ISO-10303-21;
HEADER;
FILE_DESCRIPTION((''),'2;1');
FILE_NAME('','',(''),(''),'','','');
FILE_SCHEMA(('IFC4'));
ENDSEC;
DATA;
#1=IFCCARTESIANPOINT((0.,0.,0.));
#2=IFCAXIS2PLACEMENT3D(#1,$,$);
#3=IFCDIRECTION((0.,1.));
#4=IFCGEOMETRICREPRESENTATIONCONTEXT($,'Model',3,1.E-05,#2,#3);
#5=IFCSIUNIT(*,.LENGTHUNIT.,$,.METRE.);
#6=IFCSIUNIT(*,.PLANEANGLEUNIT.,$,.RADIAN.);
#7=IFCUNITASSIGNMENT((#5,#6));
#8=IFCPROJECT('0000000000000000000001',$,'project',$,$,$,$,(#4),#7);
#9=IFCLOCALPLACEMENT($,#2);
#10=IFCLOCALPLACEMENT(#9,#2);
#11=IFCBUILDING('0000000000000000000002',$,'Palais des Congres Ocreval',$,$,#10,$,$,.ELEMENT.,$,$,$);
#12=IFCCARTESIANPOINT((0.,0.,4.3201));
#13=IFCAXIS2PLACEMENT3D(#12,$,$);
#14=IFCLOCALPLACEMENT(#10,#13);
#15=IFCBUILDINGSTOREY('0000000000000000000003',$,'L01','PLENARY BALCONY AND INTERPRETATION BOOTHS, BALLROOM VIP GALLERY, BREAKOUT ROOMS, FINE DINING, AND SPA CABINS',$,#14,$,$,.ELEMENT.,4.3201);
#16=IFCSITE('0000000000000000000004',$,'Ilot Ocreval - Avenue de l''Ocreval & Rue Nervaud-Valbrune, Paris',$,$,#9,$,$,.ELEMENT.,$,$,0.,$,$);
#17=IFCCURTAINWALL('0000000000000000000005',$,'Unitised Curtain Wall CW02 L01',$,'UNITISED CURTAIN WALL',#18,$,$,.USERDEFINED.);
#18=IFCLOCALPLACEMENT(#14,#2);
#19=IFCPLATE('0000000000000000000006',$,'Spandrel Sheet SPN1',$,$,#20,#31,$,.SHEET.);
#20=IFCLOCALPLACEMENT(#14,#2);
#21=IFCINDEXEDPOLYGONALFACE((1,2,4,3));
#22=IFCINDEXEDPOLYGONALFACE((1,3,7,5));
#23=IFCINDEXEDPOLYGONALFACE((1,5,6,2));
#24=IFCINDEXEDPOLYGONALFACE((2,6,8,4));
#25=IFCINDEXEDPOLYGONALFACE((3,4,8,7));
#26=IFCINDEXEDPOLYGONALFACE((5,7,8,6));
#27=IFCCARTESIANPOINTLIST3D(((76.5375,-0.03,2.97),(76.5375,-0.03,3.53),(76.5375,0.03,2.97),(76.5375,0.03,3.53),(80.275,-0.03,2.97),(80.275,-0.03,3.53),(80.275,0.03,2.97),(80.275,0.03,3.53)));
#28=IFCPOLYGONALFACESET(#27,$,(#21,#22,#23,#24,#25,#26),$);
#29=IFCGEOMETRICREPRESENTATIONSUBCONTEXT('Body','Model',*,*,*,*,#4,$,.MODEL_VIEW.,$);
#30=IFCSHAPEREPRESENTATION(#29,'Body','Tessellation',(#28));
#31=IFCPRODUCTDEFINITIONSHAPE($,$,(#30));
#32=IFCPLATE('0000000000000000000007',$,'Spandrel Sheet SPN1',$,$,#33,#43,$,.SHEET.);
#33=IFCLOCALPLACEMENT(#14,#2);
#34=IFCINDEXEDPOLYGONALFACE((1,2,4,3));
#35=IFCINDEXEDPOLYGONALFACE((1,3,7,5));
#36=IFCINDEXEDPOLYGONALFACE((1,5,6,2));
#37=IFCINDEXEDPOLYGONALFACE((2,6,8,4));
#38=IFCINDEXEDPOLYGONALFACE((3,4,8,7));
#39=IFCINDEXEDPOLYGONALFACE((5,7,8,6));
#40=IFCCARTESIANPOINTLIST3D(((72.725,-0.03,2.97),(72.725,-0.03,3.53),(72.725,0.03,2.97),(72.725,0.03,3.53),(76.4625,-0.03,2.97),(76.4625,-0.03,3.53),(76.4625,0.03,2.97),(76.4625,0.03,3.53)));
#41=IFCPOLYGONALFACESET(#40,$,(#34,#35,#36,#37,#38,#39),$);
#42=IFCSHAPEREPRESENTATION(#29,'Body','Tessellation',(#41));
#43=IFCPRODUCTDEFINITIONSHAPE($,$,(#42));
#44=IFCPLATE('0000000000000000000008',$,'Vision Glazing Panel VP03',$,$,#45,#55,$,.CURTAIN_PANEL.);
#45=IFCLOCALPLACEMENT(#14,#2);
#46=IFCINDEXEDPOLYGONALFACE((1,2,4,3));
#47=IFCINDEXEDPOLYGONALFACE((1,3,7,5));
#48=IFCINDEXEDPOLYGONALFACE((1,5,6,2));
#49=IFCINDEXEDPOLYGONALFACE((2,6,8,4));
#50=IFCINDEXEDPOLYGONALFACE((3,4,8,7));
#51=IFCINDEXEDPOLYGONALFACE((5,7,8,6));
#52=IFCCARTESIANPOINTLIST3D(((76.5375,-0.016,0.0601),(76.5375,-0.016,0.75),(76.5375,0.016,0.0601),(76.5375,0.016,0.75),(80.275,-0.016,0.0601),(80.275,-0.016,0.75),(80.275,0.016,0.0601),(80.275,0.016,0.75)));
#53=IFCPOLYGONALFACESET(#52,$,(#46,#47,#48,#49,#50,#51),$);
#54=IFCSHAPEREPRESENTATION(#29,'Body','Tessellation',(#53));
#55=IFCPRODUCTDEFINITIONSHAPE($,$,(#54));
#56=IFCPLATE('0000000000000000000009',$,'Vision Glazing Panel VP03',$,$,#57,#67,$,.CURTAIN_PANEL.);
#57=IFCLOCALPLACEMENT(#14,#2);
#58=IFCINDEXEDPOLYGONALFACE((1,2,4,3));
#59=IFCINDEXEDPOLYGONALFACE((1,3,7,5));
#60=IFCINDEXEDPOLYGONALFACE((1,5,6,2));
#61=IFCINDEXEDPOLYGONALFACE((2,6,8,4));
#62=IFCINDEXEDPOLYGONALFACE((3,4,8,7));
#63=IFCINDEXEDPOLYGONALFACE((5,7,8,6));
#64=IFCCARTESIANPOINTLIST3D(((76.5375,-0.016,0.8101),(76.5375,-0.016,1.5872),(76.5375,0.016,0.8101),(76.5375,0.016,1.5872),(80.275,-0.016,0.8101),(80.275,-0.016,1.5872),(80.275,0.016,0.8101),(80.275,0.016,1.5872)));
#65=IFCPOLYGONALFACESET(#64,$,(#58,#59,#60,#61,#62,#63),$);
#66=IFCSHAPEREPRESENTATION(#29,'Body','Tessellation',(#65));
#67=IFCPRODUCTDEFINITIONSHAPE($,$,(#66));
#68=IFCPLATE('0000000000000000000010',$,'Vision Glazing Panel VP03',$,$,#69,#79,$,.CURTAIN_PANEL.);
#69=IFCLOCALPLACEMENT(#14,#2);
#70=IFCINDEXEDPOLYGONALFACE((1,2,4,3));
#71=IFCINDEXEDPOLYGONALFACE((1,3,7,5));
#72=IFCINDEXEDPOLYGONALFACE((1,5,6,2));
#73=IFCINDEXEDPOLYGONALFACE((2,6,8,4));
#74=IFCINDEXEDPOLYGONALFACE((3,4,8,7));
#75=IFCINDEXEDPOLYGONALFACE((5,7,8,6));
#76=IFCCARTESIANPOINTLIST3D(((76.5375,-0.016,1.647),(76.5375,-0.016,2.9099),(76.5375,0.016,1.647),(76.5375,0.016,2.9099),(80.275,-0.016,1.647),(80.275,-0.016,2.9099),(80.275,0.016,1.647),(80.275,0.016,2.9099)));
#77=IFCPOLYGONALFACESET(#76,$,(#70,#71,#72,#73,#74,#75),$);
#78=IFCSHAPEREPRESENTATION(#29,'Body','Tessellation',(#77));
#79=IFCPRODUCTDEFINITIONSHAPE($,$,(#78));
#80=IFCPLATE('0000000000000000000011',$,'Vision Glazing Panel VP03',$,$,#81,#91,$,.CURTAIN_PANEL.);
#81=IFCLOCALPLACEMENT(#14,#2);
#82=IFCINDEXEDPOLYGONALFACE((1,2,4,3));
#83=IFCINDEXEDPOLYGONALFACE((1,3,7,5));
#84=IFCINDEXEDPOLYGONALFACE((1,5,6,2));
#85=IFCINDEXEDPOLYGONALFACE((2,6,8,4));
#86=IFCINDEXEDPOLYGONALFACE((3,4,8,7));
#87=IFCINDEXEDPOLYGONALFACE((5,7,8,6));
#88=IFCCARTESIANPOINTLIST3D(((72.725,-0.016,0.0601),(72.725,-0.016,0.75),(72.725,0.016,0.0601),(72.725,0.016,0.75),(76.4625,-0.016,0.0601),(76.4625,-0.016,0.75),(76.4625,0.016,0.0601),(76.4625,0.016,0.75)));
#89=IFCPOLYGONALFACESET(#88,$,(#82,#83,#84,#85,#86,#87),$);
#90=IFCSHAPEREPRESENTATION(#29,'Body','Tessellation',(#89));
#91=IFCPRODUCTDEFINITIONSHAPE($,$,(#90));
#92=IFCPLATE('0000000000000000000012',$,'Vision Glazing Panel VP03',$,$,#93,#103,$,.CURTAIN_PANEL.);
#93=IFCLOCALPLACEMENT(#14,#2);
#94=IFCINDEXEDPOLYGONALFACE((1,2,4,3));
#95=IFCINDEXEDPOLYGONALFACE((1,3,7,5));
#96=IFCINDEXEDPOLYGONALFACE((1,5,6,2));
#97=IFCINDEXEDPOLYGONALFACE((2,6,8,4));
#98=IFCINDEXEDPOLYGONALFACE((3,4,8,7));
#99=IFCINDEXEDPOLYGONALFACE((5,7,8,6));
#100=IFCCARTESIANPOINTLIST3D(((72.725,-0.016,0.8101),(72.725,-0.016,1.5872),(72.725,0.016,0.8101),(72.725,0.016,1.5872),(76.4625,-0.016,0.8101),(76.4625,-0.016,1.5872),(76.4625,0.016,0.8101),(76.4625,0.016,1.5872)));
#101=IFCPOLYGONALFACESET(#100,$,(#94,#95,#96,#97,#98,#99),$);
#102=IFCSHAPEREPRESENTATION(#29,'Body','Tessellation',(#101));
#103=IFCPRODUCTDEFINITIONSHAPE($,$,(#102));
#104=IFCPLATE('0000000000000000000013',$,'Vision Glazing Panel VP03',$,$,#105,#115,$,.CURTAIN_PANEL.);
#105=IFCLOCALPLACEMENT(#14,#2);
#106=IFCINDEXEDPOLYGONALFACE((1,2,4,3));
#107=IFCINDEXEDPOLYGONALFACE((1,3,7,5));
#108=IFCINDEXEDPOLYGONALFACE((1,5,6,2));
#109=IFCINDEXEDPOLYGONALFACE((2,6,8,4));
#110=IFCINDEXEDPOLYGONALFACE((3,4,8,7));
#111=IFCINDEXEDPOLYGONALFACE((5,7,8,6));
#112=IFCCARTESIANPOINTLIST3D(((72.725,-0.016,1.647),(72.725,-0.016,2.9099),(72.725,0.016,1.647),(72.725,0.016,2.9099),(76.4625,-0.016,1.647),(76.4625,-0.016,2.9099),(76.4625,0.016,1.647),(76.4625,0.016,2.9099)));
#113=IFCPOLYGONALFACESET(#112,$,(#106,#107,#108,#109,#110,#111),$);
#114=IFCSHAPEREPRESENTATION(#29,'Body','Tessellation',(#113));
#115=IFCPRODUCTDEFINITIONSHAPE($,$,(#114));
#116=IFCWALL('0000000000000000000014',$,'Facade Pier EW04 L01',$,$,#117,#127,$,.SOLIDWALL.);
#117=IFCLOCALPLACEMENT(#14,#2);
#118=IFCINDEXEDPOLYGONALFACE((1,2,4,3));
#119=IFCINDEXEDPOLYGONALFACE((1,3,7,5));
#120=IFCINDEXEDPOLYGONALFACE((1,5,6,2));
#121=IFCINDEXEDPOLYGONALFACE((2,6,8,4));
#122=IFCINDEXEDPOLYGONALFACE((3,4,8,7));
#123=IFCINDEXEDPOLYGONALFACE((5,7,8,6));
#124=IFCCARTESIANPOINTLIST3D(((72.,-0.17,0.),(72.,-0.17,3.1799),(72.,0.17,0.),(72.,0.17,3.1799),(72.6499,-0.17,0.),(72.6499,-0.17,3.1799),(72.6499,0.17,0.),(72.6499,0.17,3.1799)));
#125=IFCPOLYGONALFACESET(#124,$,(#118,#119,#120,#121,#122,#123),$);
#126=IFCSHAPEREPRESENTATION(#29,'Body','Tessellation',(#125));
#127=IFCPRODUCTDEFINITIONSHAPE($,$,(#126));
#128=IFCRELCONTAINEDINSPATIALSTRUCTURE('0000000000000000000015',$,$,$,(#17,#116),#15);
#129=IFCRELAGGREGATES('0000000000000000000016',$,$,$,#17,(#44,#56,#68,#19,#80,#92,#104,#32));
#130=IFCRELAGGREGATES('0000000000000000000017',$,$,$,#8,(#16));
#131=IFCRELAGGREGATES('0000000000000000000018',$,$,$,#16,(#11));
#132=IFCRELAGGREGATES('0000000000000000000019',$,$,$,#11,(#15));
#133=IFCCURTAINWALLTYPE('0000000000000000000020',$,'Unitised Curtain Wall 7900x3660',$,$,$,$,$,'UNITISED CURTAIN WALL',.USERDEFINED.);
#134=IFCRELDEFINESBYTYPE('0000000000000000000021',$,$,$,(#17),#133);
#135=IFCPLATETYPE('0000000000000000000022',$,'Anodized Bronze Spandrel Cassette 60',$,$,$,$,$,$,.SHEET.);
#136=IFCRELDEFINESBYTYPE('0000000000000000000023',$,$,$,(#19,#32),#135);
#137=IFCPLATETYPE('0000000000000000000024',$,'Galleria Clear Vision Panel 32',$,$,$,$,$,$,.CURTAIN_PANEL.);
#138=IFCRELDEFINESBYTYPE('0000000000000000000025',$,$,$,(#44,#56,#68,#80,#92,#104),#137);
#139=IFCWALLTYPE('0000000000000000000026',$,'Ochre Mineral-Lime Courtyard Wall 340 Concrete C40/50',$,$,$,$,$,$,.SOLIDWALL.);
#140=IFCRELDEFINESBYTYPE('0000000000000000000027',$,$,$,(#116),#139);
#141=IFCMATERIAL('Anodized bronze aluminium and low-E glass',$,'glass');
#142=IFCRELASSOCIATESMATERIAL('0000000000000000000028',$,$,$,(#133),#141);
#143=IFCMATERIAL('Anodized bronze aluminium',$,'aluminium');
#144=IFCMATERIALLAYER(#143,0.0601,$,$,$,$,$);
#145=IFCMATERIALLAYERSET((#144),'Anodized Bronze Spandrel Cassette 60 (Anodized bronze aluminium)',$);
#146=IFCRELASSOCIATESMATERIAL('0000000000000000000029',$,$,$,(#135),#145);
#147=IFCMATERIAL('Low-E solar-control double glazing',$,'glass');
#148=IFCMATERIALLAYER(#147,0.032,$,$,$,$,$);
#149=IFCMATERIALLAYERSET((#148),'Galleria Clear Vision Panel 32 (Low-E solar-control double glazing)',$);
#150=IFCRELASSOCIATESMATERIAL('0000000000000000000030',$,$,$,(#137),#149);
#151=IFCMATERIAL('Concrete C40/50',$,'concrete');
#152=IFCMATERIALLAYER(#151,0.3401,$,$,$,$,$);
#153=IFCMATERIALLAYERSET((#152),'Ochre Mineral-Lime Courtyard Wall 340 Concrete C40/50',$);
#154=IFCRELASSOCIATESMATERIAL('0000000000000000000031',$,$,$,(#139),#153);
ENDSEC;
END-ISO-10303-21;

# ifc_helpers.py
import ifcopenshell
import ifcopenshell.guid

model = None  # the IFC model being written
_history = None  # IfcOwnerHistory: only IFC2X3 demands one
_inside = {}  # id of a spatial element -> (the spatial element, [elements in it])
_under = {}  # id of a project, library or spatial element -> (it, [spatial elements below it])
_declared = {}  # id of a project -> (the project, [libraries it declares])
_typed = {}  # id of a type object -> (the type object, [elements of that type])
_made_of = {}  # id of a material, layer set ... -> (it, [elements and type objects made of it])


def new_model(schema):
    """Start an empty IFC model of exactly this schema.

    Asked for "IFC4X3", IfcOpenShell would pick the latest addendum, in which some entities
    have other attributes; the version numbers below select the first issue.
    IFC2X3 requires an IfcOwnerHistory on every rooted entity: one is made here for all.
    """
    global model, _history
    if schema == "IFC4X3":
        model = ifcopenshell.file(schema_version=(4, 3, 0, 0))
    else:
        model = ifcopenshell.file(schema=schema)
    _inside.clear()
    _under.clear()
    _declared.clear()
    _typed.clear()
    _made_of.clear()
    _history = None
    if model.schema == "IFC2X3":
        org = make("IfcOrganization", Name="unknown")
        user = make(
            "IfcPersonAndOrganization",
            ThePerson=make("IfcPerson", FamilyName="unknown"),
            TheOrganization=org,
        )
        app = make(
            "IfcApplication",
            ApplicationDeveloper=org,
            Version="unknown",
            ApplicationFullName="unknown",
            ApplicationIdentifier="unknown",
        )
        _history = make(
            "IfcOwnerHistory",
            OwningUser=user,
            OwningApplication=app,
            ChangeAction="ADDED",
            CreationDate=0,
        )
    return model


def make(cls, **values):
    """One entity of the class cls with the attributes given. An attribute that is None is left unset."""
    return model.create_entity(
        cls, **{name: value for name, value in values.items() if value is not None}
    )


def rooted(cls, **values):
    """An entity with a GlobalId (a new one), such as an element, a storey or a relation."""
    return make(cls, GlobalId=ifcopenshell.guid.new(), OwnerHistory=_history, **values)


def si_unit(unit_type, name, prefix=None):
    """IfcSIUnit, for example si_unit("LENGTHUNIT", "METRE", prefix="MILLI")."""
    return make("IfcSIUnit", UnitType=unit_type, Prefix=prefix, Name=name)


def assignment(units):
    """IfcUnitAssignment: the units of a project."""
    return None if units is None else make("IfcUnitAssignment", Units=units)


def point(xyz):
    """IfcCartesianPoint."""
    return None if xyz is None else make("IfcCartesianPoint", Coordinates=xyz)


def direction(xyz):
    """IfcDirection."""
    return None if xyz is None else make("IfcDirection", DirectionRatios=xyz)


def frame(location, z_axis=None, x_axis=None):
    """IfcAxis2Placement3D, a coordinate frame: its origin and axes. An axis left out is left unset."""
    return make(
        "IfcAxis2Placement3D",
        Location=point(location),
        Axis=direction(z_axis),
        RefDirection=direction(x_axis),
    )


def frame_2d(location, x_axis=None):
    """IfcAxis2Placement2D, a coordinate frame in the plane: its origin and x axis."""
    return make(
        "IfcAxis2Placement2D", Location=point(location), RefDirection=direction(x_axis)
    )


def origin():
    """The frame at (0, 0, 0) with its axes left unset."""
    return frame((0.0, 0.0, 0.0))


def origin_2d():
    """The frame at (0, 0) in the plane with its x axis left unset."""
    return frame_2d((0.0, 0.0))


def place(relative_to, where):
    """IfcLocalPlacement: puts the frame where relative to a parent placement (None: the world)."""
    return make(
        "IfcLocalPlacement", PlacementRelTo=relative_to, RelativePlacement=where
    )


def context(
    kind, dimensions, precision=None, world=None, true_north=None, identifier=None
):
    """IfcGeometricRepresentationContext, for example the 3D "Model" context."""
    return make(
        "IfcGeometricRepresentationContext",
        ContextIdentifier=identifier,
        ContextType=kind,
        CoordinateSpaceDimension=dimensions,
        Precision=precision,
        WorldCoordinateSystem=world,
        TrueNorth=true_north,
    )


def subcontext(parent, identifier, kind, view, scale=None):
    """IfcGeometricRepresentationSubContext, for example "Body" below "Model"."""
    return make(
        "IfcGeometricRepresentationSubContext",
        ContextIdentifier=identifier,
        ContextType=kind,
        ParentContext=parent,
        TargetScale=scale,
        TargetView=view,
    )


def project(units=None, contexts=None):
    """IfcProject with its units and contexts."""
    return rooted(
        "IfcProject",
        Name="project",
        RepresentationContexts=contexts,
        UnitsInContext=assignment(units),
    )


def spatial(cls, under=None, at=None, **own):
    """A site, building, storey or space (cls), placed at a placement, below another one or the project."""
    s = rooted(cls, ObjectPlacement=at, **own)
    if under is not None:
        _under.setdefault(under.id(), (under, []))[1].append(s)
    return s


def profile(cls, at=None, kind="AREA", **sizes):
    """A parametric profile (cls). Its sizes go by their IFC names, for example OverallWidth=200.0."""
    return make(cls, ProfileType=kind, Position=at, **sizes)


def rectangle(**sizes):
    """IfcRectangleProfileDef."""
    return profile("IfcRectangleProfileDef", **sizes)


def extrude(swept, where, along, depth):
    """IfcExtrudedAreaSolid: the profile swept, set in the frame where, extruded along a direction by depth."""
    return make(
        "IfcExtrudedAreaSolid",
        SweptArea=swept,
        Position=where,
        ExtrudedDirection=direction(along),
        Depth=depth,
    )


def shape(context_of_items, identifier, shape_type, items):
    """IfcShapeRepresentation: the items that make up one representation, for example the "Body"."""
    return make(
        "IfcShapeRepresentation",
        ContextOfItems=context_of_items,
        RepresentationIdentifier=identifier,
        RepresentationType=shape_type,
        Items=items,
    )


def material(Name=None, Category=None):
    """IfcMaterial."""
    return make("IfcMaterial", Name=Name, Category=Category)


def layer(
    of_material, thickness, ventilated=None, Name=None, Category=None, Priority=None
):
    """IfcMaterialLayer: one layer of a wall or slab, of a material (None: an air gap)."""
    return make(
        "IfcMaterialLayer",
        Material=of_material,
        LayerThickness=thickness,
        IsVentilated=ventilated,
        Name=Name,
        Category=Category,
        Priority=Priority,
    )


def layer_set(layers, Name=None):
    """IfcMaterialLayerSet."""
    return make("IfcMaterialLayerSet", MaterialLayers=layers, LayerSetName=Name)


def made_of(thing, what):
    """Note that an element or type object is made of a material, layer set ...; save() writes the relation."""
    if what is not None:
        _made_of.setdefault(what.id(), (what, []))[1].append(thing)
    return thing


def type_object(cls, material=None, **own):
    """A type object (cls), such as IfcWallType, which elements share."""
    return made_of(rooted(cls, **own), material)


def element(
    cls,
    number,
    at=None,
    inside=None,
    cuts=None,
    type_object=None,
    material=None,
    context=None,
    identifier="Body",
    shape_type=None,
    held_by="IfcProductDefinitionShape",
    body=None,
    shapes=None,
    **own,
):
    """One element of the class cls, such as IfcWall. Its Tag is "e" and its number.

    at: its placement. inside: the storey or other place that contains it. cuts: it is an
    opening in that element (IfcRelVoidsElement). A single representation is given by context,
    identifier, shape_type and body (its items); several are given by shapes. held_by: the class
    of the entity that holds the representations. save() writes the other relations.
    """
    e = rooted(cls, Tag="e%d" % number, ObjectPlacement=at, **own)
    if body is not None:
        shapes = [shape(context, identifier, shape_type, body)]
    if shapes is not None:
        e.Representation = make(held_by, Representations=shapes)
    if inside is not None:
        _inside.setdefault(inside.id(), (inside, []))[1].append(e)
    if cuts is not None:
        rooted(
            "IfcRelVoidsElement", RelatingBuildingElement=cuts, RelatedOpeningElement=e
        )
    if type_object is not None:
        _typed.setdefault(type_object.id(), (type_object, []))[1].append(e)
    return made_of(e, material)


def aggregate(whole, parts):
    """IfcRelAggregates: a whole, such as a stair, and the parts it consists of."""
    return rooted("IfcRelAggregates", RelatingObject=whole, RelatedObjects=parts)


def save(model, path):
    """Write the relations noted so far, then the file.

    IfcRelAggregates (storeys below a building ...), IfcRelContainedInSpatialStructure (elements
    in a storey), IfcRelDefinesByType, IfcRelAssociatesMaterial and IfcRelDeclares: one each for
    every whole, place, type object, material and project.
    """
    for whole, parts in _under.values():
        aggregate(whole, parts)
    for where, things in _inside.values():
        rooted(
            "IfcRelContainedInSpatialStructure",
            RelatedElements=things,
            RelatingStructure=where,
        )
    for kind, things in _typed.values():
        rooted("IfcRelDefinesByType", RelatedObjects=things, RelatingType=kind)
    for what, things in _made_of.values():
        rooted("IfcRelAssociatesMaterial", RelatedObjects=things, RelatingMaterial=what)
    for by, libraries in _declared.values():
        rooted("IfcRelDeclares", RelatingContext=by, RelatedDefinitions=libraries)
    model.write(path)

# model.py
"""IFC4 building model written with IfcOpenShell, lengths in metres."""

from ifc_helpers import new_model, si_unit, direction, frame, frame_2d, origin, origin_2d, place, context, subcontext, project, spatial, rectangle, extrude, material, layer, layer_set, type_object, element, aggregate, save


model = new_model("IFC4")

# Units and contexts
model_context = context("Model", 3, precision=1e-05, world=origin(), true_north=direction((0.0, 1.0)))
body_context = subcontext(model_context, "Body", "Model", "MODEL_VIEW")
ifc_project = project(units=[si_unit("LENGTHUNIT", "METRE"), si_unit("PLANEANGLEUNIT", "RADIAN")], contexts=[model_context])

# Site, building, storey
site_placement = place(None, origin())
site = spatial("IfcSite", under=ifc_project, at=site_placement, Name="Ilot Ocreval - Avenue de l'Ocreval & Rue Nervaud-Valbrune, Paris", CompositionType="ELEMENT", RefElevation=0.0)
building_placement = place(site_placement, origin())
building = spatial("IfcBuilding", under=site, at=building_placement, Name="Palais des Congres Ocreval", CompositionType="ELEMENT")
storey_placement = place(building_placement, frame((0.0, 0.0, 4.3201)))
storey = spatial("IfcBuildingStorey", under=building, at=storey_placement, Name="L01", Description="PLENARY BALCONY AND INTERPRETATION BOOTHS, BALLROOM VIP GALLERY, BREAKOUT ROOMS, FINE DINING, AND SPA CABINS", CompositionType="ELEMENT", Elevation=4.3201)

# Curtain wall, plates
ifc_material_1 = material(Name="Anodized bronze aluminium and low-E glass", Category="glass")
curtain_wall_type = type_object("IfcCurtainWallType", Name="Unitised Curtain Wall 7900x3660", ElementType="UNITISED CURTAIN WALL", PredefinedType="USERDEFINED", material=ifc_material_1)
curtain_wall_placement = place(storey_placement, origin())
curtain_wall = element("IfcCurtainWall", 1, at=curtain_wall_placement, inside=storey, type_object=curtain_wall_type, Name="Unitised Curtain Wall CW02 L01", ObjectType="UNITISED CURTAIN WALL", PredefinedType="USERDEFINED")
ifc_material_2 = material(Name="Anodized bronze aluminium", Category="aluminium")
ifc_layer_1 = layer(ifc_material_2, 0.0601)
ifc_layer_set_1 = layer_set([ifc_layer_1], Name="Anodized Bronze Spandrel Cassette 60 (Anodized bronze aluminium)")
plate_type_1 = type_object("IfcPlateType", Name="Anodized Bronze Spandrel Cassette 60", PredefinedType="SHEET", material=ifc_layer_set_1)
plate_1_placement = place(storey_placement, frame((78.4062, 0.0, 2.97), z_axis=(0.0, 0.0, 1.0), x_axis=(-1.0, 0.0, 0.0)))
plate_1 = element("IfcPlate", 2, at=plate_1_placement, type_object=plate_type_1, Name="Spandrel Sheet SPN1", PredefinedType="SHEET", context=body_context, shape_type="SweptSolid", body=[
    extrude(rectangle(XDim=3.7375, YDim=0.0601, at=origin_2d()), origin(), (0.0, 0.0, 1.0), 0.5601),
])
plate_2_placement = place(storey_placement, frame((74.5938, 0.0, 2.97), z_axis=(0.0, 0.0, 1.0), x_axis=(-1.0, 0.0, 0.0)))
plate_2 = element("IfcPlate", 3, at=plate_2_placement, type_object=plate_type_1, Name="Spandrel Sheet SPN1", PredefinedType="SHEET", context=body_context, shape_type="SweptSolid", body=[
    extrude(rectangle(XDim=3.7375, YDim=0.0601, at=origin_2d()), origin(), (0.0, 0.0, 1.0), 0.5601),
])
ifc_material_3 = material(Name="Low-E solar-control double glazing", Category="glass")
ifc_layer_2 = layer(ifc_material_3, 0.032)
ifc_layer_set_2 = layer_set([ifc_layer_2], Name="Galleria Clear Vision Panel 32 (Low-E solar-control double glazing)")
plate_type_2 = type_object("IfcPlateType", Name="Galleria Clear Vision Panel 32", PredefinedType="CURTAIN_PANEL", material=ifc_layer_set_2)
plate_3_placement = place(storey_placement, frame((78.4062, 0.0, 0.0601), z_axis=(0.0, 0.0, 1.0), x_axis=(-1.0, 0.0, 0.0)))
plate_3 = element("IfcPlate", 4, at=plate_3_placement, type_object=plate_type_2, Name="Vision Glazing Panel VP03", PredefinedType="CURTAIN_PANEL", context=body_context, shape_type="SweptSolid", body=[
    extrude(rectangle(XDim=3.7375, YDim=0.032, at=origin_2d()), origin(), (0.0, 0.0, 1.0), 0.6899),
])
plate_4_placement = place(storey_placement, frame((78.4062, 0.0, 0.8101), z_axis=(0.0, 0.0, 1.0), x_axis=(-1.0, 0.0, 0.0)))
plate_4 = element("IfcPlate", 5, at=plate_4_placement, type_object=plate_type_2, Name="Vision Glazing Panel VP03", PredefinedType="CURTAIN_PANEL", context=body_context, shape_type="SweptSolid", body=[
    extrude(rectangle(XDim=3.7375, YDim=0.032, at=origin_2d()), origin(), (0.0, 0.0, 1.0), 0.7771),
])
plate_5_placement = place(storey_placement, frame((78.4062, 0.0, 1.647), z_axis=(0.0, 0.0, 1.0), x_axis=(-1.0, 0.0, 0.0)))
plate_5 = element("IfcPlate", 6, at=plate_5_placement, type_object=plate_type_2, Name="Vision Glazing Panel VP03", PredefinedType="CURTAIN_PANEL", context=body_context, shape_type="SweptSolid", body=[
    extrude(rectangle(XDim=3.7375, YDim=0.032, at=origin_2d()), origin(), (0.0, 0.0, 1.0), 1.2629),
])
plate_6_placement = place(storey_placement, frame((74.5938, 0.0, 0.0601), z_axis=(0.0, 0.0, 1.0), x_axis=(-1.0, 0.0, 0.0)))
plate_6 = element("IfcPlate", 7, at=plate_6_placement, type_object=plate_type_2, Name="Vision Glazing Panel VP03", PredefinedType="CURTAIN_PANEL", context=body_context, shape_type="SweptSolid", body=[
    extrude(rectangle(XDim=3.7375, YDim=0.032, at=origin_2d()), origin(), (0.0, 0.0, 1.0), 0.6899),
])
plate_7_placement = place(storey_placement, frame((74.5938, 0.0, 0.8101), z_axis=(0.0, 0.0, 1.0), x_axis=(-1.0, 0.0, 0.0)))
plate_7 = element("IfcPlate", 8, at=plate_7_placement, type_object=plate_type_2, Name="Vision Glazing Panel VP03", PredefinedType="CURTAIN_PANEL", context=body_context, shape_type="SweptSolid", body=[
    extrude(rectangle(XDim=3.7375, YDim=0.032, at=origin_2d()), origin(), (0.0, 0.0, 1.0), 0.7771),
])
plate_8_placement = place(storey_placement, frame((74.5938, 0.0, 1.647), z_axis=(0.0, 0.0, 1.0), x_axis=(-1.0, 0.0, 0.0)))
plate_8 = element("IfcPlate", 9, at=plate_8_placement, type_object=plate_type_2, Name="Vision Glazing Panel VP03", PredefinedType="CURTAIN_PANEL", context=body_context, shape_type="SweptSolid", body=[
    extrude(rectangle(XDim=3.7375, YDim=0.032, at=origin_2d()), origin(), (0.0, 0.0, 1.0), 1.2629),
])
aggregate(curtain_wall, [plate_3, plate_4, plate_5, plate_1, plate_6, plate_7, plate_8, plate_2])

# Wall
ifc_material_4 = material(Name="Concrete C40/50", Category="concrete")
ifc_layer_3 = layer(ifc_material_4, 0.3401)
ifc_layer_set_3 = layer_set([ifc_layer_3], Name="Ochre Mineral-Lime Courtyard Wall 340 Concrete C40/50")
wall_type = type_object("IfcWallType", Name="Ochre Mineral-Lime Courtyard Wall 340 Concrete C40/50", PredefinedType="SOLIDWALL", material=ifc_layer_set_3)
wall_placement = place(storey_placement, frame((72.6499, 0.0, 0.0), z_axis=(0.0, 0.0, 1.0), x_axis=(-1.0, 0.0, 0.0)))
element("IfcWall", 10, at=wall_placement, inside=storey, type_object=wall_type, Name="Facade Pier EW04 L01", PredefinedType="SOLIDWALL", context=body_context, shape_type="SweptSolid", body=[
    extrude(rectangle(XDim=0.6499, YDim=0.3401, at=frame_2d((0.325, 0.0))), origin(), (0.0, 0.0, 1.0), 3.1799),
])

save(model, "model.ifc")
